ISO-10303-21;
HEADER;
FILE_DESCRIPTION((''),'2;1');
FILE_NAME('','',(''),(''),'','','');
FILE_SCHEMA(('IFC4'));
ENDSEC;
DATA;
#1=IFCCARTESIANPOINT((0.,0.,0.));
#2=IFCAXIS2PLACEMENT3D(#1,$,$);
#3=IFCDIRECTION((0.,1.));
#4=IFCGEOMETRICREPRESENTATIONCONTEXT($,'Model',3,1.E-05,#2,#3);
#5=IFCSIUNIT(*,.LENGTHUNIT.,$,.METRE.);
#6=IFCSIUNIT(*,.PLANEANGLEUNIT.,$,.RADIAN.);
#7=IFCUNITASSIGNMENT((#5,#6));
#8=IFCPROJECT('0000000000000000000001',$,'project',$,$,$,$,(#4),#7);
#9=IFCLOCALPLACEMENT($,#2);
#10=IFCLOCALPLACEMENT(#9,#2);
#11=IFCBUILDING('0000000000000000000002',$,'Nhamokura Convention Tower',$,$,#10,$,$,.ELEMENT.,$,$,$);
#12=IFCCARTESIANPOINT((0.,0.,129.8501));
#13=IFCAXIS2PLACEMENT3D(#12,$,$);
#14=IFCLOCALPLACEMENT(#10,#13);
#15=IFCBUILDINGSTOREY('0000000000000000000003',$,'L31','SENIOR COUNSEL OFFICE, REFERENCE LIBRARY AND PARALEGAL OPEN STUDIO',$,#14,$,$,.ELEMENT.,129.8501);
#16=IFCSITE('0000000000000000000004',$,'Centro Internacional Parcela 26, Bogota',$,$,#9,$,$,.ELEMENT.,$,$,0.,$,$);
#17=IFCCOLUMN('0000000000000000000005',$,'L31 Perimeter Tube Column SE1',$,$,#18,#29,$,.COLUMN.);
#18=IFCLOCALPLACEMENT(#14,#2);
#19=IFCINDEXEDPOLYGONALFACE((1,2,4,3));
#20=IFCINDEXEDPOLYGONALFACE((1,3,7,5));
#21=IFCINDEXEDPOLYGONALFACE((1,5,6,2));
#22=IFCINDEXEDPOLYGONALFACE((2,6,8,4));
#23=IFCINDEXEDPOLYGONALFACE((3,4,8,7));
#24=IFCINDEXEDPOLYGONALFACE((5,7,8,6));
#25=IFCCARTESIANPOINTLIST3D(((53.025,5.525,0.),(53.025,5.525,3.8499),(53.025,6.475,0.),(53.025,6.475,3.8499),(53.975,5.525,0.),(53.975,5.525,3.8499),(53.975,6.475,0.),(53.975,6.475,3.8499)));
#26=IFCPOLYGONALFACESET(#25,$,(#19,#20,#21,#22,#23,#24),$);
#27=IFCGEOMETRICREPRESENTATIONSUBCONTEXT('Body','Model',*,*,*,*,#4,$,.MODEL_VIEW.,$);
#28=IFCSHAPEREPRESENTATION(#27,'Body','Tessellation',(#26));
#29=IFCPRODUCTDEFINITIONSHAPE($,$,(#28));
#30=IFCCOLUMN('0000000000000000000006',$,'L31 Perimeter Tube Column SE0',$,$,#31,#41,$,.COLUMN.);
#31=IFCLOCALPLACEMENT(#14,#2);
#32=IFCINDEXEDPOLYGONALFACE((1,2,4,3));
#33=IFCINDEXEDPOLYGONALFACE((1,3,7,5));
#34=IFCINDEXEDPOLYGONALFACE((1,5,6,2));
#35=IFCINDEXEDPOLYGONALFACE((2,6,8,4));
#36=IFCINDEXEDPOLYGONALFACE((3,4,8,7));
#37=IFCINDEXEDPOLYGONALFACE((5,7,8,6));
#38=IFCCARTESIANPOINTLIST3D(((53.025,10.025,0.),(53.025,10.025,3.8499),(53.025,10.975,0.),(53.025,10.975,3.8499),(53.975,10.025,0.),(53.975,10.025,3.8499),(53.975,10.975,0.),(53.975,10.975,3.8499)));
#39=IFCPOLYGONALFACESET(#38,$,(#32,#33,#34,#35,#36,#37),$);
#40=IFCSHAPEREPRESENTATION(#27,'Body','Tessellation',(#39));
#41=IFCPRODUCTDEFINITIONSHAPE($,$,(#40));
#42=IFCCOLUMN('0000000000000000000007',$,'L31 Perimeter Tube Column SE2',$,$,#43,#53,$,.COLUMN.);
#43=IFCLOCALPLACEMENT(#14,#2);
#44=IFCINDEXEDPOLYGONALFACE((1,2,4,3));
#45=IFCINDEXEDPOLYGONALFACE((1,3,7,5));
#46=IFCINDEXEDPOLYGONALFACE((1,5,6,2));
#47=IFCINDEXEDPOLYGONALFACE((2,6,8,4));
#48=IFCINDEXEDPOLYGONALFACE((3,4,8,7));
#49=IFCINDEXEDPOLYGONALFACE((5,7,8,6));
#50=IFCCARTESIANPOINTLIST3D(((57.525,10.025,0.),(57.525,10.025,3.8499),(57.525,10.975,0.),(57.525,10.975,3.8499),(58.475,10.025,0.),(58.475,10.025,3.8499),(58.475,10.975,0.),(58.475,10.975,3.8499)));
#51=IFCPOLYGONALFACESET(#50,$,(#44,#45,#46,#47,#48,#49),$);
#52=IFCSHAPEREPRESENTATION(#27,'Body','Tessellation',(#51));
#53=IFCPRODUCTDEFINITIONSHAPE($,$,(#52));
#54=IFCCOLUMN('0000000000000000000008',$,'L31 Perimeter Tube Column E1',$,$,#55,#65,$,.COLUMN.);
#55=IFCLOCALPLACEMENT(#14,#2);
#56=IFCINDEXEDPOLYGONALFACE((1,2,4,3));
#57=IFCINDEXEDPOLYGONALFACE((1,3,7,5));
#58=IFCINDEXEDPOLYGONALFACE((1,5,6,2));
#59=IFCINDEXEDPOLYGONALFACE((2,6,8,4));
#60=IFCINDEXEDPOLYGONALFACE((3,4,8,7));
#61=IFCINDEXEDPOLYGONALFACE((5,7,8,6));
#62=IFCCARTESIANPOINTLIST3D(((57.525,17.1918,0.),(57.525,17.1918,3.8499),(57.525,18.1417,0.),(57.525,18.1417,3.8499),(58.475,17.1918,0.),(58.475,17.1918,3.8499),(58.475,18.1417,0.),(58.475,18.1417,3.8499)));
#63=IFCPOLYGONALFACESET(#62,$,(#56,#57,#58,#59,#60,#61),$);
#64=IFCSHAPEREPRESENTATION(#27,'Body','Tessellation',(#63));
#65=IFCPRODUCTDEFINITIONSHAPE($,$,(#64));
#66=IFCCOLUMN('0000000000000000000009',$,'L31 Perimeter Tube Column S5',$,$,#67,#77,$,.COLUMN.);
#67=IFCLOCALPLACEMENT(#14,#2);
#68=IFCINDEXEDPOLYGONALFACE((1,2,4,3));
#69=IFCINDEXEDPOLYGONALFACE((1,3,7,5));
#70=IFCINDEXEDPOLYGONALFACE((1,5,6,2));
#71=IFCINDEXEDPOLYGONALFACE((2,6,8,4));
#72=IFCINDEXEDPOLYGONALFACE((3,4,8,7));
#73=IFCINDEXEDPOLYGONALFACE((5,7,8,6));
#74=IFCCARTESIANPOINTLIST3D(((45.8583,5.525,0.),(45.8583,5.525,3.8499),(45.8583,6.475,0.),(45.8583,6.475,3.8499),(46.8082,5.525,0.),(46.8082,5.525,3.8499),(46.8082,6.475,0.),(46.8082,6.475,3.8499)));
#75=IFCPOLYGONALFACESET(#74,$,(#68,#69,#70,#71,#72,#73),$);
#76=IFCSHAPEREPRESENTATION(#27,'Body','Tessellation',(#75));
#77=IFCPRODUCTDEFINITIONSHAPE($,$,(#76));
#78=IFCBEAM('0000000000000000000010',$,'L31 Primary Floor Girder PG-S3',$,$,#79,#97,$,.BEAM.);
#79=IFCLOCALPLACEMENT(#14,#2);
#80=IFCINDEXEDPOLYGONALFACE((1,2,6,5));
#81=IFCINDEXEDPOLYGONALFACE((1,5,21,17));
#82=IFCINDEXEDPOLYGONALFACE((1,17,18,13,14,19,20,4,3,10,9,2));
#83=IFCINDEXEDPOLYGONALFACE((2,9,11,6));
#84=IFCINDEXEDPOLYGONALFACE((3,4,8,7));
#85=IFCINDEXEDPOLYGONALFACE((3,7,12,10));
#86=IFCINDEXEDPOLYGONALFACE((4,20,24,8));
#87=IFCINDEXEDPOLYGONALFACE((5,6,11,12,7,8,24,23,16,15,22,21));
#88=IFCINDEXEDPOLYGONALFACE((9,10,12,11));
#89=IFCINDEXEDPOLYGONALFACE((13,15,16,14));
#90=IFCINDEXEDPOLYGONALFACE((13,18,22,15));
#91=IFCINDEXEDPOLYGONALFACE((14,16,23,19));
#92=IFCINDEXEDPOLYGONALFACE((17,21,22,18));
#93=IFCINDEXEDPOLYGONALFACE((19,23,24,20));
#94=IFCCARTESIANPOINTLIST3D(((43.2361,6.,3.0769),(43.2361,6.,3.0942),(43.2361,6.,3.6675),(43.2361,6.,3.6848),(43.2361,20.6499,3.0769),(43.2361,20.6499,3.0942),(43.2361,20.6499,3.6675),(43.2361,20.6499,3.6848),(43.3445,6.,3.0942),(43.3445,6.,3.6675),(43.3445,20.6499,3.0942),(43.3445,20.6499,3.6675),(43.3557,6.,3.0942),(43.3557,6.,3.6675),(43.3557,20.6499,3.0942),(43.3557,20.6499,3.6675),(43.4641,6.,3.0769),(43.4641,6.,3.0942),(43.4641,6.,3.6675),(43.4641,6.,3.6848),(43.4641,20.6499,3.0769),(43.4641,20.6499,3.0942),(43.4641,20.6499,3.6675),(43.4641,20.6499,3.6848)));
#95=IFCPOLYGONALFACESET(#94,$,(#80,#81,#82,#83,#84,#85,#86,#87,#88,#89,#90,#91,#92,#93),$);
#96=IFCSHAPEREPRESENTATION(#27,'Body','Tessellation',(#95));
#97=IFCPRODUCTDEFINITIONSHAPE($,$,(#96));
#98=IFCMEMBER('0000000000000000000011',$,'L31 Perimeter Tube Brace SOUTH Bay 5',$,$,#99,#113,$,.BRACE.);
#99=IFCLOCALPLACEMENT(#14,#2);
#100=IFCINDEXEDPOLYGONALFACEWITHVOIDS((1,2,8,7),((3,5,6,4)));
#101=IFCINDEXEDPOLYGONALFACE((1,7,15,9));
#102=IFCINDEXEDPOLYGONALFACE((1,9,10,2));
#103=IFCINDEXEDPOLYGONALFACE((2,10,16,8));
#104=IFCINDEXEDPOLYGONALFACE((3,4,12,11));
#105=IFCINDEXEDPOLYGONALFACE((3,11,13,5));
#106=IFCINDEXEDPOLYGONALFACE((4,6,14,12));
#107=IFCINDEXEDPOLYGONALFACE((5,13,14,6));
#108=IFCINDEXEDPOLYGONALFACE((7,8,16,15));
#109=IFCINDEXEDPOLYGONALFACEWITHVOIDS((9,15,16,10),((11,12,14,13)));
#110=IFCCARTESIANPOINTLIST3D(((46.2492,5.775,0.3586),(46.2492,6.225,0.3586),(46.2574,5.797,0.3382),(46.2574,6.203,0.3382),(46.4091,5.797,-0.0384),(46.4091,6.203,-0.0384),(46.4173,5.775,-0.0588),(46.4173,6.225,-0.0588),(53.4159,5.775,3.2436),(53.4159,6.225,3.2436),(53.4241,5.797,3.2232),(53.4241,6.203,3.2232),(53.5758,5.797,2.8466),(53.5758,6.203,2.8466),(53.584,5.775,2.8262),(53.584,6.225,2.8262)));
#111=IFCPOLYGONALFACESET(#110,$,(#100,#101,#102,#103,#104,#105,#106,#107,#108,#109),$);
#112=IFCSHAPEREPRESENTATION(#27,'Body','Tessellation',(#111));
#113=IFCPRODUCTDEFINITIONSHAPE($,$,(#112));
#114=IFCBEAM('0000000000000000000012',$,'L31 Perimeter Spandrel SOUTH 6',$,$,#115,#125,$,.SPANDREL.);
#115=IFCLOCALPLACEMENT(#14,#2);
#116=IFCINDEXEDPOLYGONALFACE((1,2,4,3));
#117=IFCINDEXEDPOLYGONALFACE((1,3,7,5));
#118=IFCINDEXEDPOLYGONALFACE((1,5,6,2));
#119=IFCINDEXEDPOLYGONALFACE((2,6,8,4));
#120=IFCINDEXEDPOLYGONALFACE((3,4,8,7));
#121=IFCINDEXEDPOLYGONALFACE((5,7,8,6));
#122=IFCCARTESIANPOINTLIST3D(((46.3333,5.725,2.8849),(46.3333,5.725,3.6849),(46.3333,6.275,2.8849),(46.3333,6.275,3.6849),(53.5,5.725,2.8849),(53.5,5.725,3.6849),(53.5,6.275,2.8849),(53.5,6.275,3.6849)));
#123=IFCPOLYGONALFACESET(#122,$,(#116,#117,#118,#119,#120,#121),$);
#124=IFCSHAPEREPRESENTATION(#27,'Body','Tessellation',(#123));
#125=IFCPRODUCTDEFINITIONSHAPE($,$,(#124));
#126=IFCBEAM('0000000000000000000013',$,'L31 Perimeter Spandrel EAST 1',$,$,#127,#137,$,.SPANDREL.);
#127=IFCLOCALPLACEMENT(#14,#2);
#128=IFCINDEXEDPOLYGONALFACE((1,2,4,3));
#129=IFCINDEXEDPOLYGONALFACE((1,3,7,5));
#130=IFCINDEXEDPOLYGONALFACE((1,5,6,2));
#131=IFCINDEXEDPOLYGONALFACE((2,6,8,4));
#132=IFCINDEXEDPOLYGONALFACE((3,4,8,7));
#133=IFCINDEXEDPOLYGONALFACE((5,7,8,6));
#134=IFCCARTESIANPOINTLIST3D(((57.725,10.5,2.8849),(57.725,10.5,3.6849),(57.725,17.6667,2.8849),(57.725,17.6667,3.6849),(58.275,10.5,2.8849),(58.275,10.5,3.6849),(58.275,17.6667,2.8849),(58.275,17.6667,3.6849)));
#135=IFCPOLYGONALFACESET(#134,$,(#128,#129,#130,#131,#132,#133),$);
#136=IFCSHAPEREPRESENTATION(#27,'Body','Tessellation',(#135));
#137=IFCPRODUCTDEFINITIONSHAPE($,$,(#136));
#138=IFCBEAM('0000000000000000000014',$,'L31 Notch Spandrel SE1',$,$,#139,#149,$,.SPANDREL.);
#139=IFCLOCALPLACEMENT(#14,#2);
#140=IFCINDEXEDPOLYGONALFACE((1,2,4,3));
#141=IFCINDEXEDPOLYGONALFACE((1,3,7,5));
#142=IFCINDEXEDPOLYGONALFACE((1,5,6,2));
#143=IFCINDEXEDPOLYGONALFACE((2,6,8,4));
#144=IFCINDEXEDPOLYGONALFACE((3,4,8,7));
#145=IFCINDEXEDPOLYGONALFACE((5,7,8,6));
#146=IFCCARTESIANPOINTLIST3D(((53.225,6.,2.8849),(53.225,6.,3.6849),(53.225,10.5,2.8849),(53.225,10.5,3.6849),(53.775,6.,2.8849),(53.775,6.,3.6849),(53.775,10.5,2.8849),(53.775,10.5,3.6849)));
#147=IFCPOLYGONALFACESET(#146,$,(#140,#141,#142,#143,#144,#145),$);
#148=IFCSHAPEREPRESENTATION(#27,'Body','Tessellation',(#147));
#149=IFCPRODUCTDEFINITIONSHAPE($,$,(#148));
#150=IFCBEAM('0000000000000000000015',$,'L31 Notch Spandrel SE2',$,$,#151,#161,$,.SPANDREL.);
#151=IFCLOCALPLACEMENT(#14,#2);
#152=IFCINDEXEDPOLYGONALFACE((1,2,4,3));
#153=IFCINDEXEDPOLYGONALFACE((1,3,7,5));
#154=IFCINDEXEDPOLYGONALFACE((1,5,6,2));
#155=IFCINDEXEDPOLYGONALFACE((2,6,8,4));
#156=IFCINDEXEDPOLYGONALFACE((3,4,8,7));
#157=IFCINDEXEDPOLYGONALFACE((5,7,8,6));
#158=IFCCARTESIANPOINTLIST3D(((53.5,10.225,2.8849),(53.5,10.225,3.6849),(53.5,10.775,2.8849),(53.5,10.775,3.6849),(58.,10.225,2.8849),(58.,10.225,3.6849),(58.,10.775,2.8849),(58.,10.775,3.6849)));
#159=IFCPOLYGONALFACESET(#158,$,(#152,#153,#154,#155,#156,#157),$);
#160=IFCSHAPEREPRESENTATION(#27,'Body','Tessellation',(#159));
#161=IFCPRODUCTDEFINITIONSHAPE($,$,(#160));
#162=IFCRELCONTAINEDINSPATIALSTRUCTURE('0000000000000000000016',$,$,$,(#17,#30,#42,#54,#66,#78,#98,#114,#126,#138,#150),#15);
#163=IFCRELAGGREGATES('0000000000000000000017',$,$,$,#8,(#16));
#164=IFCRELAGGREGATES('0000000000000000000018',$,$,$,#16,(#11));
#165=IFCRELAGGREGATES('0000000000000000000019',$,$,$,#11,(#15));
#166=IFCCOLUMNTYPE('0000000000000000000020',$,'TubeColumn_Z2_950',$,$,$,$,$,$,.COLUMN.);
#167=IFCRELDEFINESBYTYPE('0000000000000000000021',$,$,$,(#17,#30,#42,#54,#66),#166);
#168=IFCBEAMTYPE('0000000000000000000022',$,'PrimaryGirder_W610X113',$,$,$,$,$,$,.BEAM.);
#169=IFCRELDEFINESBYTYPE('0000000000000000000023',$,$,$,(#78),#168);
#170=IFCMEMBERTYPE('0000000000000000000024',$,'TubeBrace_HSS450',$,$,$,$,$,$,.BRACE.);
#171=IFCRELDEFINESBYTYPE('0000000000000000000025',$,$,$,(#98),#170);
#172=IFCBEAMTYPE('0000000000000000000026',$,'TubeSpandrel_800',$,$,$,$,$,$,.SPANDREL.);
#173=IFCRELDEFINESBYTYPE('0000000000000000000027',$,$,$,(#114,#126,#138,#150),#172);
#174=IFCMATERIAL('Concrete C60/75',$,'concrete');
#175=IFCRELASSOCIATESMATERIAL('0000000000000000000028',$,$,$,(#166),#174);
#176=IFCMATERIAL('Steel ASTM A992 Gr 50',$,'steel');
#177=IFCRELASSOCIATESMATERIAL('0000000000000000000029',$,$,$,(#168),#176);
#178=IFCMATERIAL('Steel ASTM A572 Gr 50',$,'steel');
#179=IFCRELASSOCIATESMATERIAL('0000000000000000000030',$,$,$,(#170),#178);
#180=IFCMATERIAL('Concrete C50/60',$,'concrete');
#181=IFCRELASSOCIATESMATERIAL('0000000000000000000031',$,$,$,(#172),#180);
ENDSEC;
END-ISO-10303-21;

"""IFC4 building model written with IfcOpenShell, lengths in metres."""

from ifc_helpers import new_model, si_unit, direction, frame, origin, origin_2d, place, context, subcontext, project, spatial, rectangle, hollow_rectangle, i_section, extrude, material, material_profile, profile_set, type_object, element, save


model = new_model("IFC4")

# Units and contexts
model_context = context("Model", 3, precision=1e-05, world=origin(), true_north=direction((0.0, 1.0)))
body_context = subcontext(model_context, "Body", "Model", "MODEL_VIEW")
ifc_project = project(units=[si_unit("LENGTHUNIT", "METRE"), si_unit("PLANEANGLEUNIT", "RADIAN")], contexts=[model_context])

# Site, building, storey
site_placement = place(None, origin())
site = spatial("IfcSite", under=ifc_project, at=site_placement, Name="Centro Internacional Parcela 26, Bogota", CompositionType="ELEMENT", RefElevation=0.0)
building_placement = place(site_placement, origin())
building = spatial("IfcBuilding", under=site, at=building_placement, Name="Nhamokura Convention Tower", CompositionType="ELEMENT")
storey_placement = place(building_placement, frame((0.0, 0.0, 129.8501)))
storey = spatial("IfcBuildingStorey", under=building, at=storey_placement, Name="L31", Description="SENIOR COUNSEL OFFICE, REFERENCE LIBRARY AND PARALEGAL OPEN STUDIO", CompositionType="ELEMENT", Elevation=129.8501)

# Columns
ifc_material_1 = material(Name="Concrete C60/75", Category="concrete")
ifc_material_profile_1 = material_profile(ifc_material_1, rectangle(XDim=0.95, YDim=0.95, at=origin_2d()))
ifc_profile_set_1 = profile_set([ifc_material_profile_1], Name="Concrete C60/75")
column_type = type_object("IfcColumnType", Name="TubeColumn_Z2_950", PredefinedType="COLUMN", material=ifc_profile_set_1)
for number, where, z_axis, x_axis, name in (
    (1, (53.5, 6.0, 0.0), (0.0, 0.0, 1.0), (1.0, 0.0, 0.0), "L31 Perimeter Tube Column SE1"),
    (2, (53.5, 10.5, 0.0), (0.0, 0.0, 1.0), (1.0, 0.0, 0.0), "L31 Perimeter Tube Column SE0"),
    (3, (58.0, 10.5, 0.0), (0.0, 0.0, 1.0), (1.0, 0.0, 0.0), "L31 Perimeter Tube Column SE2"),
    (4, (58.0, 17.6667, 0.0), (0.0, 0.0, 1.0), (1.0, 0.0, 0.0), "L31 Perimeter Tube Column E1"),
    (5, (46.3333, 6.0, 0.0), (0.0, 0.0, 1.0), (1.0, 0.0, 0.0), "L31 Perimeter Tube Column S5"),
):
    element("IfcColumn", number, at=place(storey_placement, frame(where, z_axis=z_axis, x_axis=x_axis)), inside=storey, type_object=column_type, Name=name, PredefinedType="COLUMN", context=body_context, shape_type="SweptSolid", body=[
        extrude(rectangle(XDim=0.95, YDim=0.95, at=origin_2d()), origin(), (0.0, 0.0, 1.0), 3.8499),
    ])

# Beam
ifc_material_2 = material(Name="Steel ASTM A992 Gr 50", Category="steel")
ifc_material_profile_2 = material_profile(ifc_material_2, i_section(OverallWidth=0.228, OverallDepth=0.6079, WebThickness=0.0112, FlangeThickness=0.0173, at=origin_2d()))
ifc_profile_set_2 = profile_set([ifc_material_profile_2], Name="Steel ASTM A992 Gr 50")
beam_type_1 = type_object("IfcBeamType", Name="PrimaryGirder_W610X113", PredefinedType="BEAM", material=ifc_profile_set_2)
beam_placement = place(storey_placement, frame((43.3501, 6.0, 3.3809), z_axis=(0.0, 1.0, 0.0), x_axis=(-1.0, 0.0, 0.0)))
element("IfcBeam", 6, at=beam_placement, inside=storey, type_object=beam_type_1, Name="L31 Primary Floor Girder PG-S3", PredefinedType="BEAM", context=body_context, shape_type="SweptSolid", body=[
    extrude(i_section(OverallWidth=0.228, OverallDepth=0.6079, WebThickness=0.0112, FlangeThickness=0.0173, at=origin_2d()), origin(), (0.0, 0.0, 1.0), 14.6499),
])

# Member
ifc_material_3 = material(Name="Steel ASTM A572 Gr 50", Category="steel")
ifc_material_profile_3 = material_profile(ifc_material_3, hollow_rectangle(XDim=0.45, YDim=0.45, WallThickness=0.022, at=origin_2d()))
ifc_profile_set_3 = profile_set([ifc_material_profile_3], Name="Steel ASTM A572 Gr 50")
member_type = type_object("IfcMemberType", Name="TubeBrace_HSS450", PredefinedType="BRACE", material=ifc_profile_set_3)
member_placement = place(storey_placement, frame((46.3333, 6.0, 0.1499), z_axis=(0.927657, 0.0, 0.373433), x_axis=(0.0, 1.0, 0.0)))
element("IfcMember", 7, at=member_placement, inside=storey, type_object=member_type, Name="L31 Perimeter Tube Brace SOUTH Bay 5", PredefinedType="BRACE", context=body_context, shape_type="SweptSolid", body=[
    extrude(hollow_rectangle(XDim=0.45, YDim=0.45, WallThickness=0.022, at=origin_2d()), origin(), (0.0, 0.0, 1.0), 7.7256),
])

# Beams
ifc_material_4 = material(Name="Concrete C50/60", Category="concrete")
ifc_material_profile_4 = material_profile(ifc_material_4, rectangle(XDim=0.55, YDim=0.8, at=origin_2d()))
ifc_profile_set_4 = profile_set([ifc_material_profile_4], Name="Concrete C50/60")
beam_type_2 = type_object("IfcBeamType", Name="TubeSpandrel_800", PredefinedType="SPANDREL", material=ifc_profile_set_4)
for number, where, z_axis, x_axis, name in (
    (8, (46.3333, 6.0, 3.2849), (1.0, 0.0, 0.0), (0.0, 1.0, 0.0), "L31 Perimeter Spandrel SOUTH 6"),
    (9, (58.0, 10.5, 3.2849), (0.0, 1.0, 0.0), (-1.0, 0.0, 0.0), "L31 Perimeter Spandrel EAST 1"),
):
    element("IfcBeam", number, at=place(storey_placement, frame(where, z_axis=z_axis, x_axis=x_axis)), inside=storey, type_object=beam_type_2, Name=name, PredefinedType="SPANDREL", context=body_context, shape_type="SweptSolid", body=[
        extrude(rectangle(XDim=0.55, YDim=0.8, at=origin_2d()), origin(), (0.0, 0.0, 1.0), 7.1667),
    ])
for number, where, z_axis, x_axis, name in (
    (10, (53.5, 6.0, 3.2849), (0.0, 1.0, 0.0), (-1.0, 0.0, 0.0), "L31 Notch Spandrel SE1"),
    (11, (53.5, 10.5, 3.2849), (1.0, 0.0, 0.0), (0.0, 1.0, 0.0), "L31 Notch Spandrel SE2"),
):
    element("IfcBeam", number, at=place(storey_placement, frame(where, z_axis=z_axis, x_axis=x_axis)), inside=storey, type_object=beam_type_2, Name=name, PredefinedType="SPANDREL", context=body_context, shape_type="SweptSolid", body=[
        extrude(rectangle(XDim=0.55, YDim=0.8, at=origin_2d()), origin(), (0.0, 0.0, 1.0), 4.5),
    ])

save(model, "model.ifc")
